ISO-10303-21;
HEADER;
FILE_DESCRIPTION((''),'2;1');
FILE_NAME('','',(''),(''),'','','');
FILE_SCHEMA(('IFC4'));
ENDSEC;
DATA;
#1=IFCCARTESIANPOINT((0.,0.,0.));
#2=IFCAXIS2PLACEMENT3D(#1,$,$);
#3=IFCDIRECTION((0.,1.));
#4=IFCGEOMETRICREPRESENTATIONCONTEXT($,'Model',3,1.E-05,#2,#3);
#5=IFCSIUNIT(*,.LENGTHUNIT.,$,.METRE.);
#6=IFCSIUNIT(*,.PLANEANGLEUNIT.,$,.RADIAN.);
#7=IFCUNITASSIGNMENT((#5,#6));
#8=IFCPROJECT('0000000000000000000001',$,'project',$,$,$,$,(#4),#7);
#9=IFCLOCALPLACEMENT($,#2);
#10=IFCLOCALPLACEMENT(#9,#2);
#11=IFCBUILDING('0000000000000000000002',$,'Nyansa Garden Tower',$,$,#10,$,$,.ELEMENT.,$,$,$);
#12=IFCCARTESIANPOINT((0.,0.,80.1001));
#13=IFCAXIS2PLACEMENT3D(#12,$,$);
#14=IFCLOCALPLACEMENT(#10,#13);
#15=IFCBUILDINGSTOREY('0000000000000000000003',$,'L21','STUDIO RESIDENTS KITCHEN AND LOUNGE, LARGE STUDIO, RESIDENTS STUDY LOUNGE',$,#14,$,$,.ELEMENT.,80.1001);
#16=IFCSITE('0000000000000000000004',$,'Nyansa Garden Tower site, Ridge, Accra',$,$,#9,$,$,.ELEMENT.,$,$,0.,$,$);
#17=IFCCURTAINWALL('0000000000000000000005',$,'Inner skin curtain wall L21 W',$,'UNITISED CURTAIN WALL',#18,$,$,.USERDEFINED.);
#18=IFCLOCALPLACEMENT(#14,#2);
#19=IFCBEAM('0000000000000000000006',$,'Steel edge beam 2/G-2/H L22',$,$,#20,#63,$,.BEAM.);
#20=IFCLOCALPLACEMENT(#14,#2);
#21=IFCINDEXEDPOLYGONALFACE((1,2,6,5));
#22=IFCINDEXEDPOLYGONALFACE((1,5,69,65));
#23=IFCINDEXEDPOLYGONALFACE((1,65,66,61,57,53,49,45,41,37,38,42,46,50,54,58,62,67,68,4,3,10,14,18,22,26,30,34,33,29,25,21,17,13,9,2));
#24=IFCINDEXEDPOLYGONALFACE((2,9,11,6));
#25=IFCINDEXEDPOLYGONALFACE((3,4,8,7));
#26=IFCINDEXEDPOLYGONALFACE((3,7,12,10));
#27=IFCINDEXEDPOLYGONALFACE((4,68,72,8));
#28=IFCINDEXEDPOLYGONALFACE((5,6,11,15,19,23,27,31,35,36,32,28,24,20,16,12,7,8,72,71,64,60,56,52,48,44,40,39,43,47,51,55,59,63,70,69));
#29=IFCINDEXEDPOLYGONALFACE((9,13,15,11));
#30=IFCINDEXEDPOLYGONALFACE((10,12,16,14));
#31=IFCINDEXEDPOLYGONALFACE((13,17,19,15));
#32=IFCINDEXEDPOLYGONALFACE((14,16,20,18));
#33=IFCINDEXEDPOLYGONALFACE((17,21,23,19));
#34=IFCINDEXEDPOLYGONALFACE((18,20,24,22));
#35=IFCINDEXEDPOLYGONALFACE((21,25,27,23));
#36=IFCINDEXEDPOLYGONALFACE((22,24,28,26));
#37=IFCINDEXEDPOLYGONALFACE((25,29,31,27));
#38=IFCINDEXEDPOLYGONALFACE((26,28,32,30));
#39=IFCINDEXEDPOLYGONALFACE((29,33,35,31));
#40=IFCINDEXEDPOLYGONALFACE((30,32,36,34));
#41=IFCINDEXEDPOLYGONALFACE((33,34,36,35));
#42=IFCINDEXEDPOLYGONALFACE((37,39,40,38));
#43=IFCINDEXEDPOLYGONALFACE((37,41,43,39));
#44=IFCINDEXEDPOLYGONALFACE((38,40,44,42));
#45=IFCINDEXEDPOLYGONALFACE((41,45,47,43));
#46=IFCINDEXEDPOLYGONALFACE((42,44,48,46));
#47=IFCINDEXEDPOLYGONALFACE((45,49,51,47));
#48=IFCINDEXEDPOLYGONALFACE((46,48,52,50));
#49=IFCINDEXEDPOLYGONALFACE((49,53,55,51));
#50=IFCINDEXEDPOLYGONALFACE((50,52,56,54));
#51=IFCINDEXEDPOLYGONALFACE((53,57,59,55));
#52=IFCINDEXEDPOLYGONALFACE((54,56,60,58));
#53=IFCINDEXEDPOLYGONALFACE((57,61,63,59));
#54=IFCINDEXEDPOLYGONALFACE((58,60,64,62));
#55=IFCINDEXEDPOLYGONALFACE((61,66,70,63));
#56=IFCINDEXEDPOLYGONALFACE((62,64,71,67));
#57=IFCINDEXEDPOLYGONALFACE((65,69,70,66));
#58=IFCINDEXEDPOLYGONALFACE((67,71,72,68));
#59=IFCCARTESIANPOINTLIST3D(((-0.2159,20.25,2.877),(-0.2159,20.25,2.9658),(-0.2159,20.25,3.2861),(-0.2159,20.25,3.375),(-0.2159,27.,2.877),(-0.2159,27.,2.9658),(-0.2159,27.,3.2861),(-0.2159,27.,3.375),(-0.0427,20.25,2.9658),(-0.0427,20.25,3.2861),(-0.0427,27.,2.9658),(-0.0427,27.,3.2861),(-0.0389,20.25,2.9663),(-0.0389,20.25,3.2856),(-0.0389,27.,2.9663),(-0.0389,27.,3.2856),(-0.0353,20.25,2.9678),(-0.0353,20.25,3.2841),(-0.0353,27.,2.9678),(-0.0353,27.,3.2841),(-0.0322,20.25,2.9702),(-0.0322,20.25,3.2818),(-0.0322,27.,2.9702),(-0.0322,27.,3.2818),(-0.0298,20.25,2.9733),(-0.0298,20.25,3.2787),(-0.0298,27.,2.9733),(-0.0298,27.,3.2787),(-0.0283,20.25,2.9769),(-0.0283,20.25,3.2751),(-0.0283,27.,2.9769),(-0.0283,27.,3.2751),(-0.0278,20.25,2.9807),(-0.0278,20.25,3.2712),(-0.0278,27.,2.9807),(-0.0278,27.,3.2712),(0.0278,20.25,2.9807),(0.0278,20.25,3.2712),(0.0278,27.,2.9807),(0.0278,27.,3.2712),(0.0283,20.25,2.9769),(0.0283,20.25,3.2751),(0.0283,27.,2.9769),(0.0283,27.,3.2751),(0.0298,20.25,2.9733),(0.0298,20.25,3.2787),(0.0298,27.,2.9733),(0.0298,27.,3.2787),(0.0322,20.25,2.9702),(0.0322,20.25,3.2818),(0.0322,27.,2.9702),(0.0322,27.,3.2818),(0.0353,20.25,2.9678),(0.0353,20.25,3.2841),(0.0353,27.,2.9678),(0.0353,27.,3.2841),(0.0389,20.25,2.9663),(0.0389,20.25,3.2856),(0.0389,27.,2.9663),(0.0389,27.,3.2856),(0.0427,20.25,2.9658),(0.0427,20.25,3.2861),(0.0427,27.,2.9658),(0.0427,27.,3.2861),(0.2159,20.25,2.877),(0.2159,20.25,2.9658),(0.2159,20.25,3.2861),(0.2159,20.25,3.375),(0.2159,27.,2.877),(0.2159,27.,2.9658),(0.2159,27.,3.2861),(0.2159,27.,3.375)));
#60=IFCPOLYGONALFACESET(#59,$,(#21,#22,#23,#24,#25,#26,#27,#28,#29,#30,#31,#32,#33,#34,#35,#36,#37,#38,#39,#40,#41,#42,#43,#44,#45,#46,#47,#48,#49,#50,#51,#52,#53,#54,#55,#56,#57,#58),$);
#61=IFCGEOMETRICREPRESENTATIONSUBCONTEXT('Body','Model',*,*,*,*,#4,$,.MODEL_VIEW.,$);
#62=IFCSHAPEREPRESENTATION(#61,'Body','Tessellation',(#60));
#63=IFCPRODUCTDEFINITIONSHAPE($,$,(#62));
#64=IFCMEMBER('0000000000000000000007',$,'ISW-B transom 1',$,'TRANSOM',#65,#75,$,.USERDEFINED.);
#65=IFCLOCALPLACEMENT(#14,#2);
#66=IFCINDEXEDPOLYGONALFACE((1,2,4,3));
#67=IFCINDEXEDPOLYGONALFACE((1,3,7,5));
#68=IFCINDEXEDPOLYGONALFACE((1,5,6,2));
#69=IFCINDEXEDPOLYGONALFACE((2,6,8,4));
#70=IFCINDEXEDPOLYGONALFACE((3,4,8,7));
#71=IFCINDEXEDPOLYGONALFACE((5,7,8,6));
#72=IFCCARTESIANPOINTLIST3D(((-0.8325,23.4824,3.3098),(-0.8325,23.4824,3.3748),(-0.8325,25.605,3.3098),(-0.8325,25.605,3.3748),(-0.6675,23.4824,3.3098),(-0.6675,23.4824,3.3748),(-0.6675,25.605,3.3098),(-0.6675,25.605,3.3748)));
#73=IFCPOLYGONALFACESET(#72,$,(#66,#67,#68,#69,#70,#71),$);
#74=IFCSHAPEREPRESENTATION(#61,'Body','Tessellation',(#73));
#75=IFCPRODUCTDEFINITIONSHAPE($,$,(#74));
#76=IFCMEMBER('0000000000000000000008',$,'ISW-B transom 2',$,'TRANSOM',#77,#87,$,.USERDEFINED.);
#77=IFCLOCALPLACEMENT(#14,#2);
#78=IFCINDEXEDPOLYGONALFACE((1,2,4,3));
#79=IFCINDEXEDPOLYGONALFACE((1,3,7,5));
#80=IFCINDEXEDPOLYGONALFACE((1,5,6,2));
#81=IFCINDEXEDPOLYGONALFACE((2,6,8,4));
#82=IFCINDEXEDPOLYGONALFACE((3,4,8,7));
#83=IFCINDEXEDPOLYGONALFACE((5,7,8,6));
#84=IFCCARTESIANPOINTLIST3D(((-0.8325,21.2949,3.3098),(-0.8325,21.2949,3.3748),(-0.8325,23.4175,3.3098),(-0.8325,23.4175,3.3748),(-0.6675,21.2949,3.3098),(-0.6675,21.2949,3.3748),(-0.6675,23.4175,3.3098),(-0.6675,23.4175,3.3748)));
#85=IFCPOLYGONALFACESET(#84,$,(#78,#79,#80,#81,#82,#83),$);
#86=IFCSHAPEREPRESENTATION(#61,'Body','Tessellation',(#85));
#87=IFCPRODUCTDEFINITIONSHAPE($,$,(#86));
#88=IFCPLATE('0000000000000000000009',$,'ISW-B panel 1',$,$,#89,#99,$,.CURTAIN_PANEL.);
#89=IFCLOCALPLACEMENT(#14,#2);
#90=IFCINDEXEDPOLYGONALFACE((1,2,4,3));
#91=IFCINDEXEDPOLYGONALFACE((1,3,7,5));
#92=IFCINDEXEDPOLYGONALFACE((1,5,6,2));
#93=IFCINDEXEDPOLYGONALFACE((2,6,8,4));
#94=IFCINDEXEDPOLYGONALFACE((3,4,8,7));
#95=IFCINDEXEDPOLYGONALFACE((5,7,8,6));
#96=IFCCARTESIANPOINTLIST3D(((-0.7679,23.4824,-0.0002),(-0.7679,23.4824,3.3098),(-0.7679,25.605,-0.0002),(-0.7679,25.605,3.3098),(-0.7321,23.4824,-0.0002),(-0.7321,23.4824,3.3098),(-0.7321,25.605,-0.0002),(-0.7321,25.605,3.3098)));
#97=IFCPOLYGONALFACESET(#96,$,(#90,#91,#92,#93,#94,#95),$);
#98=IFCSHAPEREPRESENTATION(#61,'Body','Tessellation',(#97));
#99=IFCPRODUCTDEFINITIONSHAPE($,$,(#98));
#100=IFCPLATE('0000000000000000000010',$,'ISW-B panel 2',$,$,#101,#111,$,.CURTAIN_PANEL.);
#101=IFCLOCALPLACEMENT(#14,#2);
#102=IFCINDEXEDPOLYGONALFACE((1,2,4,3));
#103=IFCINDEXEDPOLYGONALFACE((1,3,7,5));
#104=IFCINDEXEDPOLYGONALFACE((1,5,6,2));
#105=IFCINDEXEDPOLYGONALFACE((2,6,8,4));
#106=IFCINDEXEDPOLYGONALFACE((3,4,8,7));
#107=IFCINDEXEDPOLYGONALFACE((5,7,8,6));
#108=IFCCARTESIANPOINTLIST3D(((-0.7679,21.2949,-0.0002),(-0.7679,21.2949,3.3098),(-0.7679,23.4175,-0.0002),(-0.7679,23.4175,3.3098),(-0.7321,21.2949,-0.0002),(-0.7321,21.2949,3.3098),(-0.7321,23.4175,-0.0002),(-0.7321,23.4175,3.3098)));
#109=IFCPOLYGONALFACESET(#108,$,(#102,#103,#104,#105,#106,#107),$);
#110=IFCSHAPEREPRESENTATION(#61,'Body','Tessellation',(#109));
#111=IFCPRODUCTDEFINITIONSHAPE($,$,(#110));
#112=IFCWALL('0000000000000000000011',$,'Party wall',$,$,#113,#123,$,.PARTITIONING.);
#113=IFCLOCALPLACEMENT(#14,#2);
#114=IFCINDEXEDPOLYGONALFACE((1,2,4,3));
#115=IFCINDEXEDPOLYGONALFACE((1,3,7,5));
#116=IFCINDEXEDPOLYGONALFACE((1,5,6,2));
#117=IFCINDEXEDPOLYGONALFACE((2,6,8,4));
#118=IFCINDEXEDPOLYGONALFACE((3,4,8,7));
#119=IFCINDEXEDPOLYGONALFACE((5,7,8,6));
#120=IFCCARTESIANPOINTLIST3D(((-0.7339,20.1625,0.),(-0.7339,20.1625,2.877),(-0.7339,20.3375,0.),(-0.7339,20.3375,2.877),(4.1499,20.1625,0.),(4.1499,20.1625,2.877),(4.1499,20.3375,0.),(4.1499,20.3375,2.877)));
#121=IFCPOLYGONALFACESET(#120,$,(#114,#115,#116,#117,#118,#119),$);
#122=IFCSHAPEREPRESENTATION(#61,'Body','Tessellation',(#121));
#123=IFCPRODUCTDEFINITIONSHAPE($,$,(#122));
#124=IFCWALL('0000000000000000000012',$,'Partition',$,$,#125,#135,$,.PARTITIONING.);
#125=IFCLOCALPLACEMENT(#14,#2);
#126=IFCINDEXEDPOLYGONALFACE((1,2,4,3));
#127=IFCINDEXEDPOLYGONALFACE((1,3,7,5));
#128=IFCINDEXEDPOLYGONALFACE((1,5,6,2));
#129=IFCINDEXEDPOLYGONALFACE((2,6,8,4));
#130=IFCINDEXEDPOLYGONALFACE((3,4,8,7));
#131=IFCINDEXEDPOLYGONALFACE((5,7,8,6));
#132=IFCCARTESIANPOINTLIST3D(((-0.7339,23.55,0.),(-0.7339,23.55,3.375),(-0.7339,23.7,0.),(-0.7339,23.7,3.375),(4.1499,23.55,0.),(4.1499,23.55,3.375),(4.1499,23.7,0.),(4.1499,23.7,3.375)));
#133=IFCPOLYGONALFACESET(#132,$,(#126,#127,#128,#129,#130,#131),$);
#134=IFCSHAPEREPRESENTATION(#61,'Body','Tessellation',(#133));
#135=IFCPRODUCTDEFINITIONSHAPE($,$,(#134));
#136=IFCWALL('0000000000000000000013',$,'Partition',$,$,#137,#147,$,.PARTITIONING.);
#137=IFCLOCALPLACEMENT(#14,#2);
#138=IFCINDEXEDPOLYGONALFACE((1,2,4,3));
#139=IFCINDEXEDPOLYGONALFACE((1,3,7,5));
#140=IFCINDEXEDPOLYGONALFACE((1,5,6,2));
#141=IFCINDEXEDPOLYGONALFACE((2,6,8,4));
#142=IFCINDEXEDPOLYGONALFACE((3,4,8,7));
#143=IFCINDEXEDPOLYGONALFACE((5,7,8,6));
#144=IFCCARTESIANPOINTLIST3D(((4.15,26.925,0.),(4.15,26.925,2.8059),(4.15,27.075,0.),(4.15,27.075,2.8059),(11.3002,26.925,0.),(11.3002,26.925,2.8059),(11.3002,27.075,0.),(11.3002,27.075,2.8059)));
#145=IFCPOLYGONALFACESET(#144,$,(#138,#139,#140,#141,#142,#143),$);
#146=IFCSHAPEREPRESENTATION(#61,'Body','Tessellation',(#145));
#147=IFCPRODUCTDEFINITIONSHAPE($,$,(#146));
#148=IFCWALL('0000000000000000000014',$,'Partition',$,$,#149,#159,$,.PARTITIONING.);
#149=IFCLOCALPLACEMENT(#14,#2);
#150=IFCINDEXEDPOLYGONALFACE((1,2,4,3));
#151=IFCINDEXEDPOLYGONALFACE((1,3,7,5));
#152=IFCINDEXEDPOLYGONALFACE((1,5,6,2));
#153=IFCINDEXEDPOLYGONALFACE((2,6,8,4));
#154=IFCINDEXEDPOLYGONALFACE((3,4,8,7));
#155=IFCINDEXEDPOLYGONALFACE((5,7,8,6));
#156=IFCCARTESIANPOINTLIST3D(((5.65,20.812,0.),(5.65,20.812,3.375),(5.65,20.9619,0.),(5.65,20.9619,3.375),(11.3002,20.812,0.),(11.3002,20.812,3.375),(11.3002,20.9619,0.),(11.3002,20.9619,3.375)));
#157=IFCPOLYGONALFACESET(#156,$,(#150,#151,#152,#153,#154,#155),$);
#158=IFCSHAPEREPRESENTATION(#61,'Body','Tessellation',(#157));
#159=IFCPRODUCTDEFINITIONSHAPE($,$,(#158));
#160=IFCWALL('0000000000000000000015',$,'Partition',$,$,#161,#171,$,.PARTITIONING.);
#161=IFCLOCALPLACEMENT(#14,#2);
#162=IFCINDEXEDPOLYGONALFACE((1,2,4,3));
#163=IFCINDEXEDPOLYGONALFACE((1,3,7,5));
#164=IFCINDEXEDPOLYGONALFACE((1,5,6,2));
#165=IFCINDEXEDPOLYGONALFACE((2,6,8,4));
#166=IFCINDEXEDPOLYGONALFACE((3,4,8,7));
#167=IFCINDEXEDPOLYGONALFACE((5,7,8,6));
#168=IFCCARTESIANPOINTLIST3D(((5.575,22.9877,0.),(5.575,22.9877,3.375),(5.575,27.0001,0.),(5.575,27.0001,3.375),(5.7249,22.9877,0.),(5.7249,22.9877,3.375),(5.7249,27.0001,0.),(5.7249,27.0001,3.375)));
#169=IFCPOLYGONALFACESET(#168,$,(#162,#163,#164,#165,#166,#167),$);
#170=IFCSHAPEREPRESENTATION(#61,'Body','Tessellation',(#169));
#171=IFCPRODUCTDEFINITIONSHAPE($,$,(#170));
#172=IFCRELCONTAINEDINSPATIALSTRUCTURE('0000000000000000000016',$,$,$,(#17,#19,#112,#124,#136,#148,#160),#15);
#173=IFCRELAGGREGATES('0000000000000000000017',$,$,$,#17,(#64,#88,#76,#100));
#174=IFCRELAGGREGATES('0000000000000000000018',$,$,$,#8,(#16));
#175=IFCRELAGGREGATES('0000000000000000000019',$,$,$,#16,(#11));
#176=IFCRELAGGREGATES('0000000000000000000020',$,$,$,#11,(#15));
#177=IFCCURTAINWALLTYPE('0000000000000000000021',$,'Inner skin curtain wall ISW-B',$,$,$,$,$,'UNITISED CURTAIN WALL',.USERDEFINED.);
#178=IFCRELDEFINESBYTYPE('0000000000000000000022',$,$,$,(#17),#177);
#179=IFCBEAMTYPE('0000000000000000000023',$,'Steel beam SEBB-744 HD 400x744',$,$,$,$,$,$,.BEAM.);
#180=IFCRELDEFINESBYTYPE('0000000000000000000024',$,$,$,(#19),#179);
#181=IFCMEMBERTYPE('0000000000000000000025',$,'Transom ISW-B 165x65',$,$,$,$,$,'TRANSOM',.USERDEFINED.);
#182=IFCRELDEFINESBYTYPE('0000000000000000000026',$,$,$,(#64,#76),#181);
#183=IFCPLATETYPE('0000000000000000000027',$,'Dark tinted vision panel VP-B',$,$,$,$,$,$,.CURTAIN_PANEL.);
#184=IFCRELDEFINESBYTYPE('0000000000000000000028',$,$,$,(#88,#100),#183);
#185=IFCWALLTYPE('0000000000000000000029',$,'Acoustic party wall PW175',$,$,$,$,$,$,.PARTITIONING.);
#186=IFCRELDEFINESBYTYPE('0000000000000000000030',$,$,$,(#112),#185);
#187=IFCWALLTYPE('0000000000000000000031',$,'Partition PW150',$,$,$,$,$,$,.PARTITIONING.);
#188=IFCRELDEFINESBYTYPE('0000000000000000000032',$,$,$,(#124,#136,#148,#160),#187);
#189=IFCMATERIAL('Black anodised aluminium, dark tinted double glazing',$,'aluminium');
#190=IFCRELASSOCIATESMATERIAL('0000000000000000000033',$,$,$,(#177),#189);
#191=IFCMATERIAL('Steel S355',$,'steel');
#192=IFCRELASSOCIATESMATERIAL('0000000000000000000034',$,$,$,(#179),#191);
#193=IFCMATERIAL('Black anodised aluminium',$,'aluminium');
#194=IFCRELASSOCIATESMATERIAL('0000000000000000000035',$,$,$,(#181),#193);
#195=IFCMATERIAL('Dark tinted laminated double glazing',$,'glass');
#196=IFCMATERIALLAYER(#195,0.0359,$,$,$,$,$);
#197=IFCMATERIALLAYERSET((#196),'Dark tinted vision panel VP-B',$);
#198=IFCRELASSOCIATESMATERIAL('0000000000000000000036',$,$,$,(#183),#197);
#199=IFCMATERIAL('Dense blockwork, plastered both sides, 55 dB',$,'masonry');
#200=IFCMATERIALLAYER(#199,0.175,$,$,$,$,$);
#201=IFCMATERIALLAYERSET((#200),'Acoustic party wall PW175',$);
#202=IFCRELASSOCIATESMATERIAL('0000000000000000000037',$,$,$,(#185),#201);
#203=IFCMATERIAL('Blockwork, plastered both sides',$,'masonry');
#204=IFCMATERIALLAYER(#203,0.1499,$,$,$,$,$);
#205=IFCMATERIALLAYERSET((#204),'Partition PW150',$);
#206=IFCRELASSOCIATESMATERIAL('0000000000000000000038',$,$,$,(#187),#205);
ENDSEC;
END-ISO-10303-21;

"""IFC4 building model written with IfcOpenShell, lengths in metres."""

from ifc_helpers import new_model, si_unit, direction, frame, frame_2d, origin, origin_2d, place, context, subcontext, project, spatial, rectangle, i_section, extrude, material, layer, layer_set, material_profile, profile_set, type_object, element, aggregate, save


model = new_model("IFC4")

# Units and contexts
model_context = context("Model", 3, precision=1e-05, world=origin(), true_north=direction((0.0, 1.0)))
body_context = subcontext(model_context, "Body", "Model", "MODEL_VIEW")
ifc_project = project(units=[si_unit("LENGTHUNIT", "METRE"), si_unit("PLANEANGLEUNIT", "RADIAN")], contexts=[model_context])

# Site, building, storey
site_placement = place(None, origin())
site = spatial("IfcSite", under=ifc_project, at=site_placement, Name="Nyansa Garden Tower site, Ridge, Accra", CompositionType="ELEMENT", RefElevation=0.0)
building_placement = place(site_placement, origin())
building = spatial("IfcBuilding", under=site, at=building_placement, Name="Nyansa Garden Tower", CompositionType="ELEMENT")
storey_placement = place(building_placement, frame((0.0, 0.0, 80.1001)))
storey = spatial("IfcBuildingStorey", under=building, at=storey_placement, Name="L21", Description="STUDIO RESIDENTS KITCHEN AND LOUNGE, LARGE STUDIO, RESIDENTS STUDY LOUNGE", CompositionType="ELEMENT", Elevation=80.1001)

# Curtain wall
ifc_material_1 = material(Name="Black anodised aluminium, dark tinted double glazing", Category="aluminium")
curtain_wall_type = type_object("IfcCurtainWallType", Name="Inner skin curtain wall ISW-B", ElementType="UNITISED CURTAIN WALL", PredefinedType="USERDEFINED", material=ifc_material_1)
curtain_wall_placement = place(storey_placement, origin())
curtain_wall = element("IfcCurtainWall", 1, at=curtain_wall_placement, inside=storey, type_object=curtain_wall_type, Name="Inner skin curtain wall L21 W", ObjectType="UNITISED CURTAIN WALL", PredefinedType="USERDEFINED")

# Beam
ifc_material_2 = material(Name="Steel S355", Category="steel")
ifc_material_profile_1 = material_profile(ifc_material_2, i_section(OverallWidth=0.4319, OverallDepth=0.498, WebThickness=0.0557, FlangeThickness=0.0889, FilletRadius=0.0149, at=origin_2d()), Name="HD 400x744")
ifc_profile_set_1 = profile_set([ifc_material_profile_1], Name="Steel S355")
beam_type_1 = type_object("IfcBeamType", Name="Steel beam SEBB-744 HD 400x744", PredefinedType="BEAM", material=ifc_profile_set_1)
beam_placement = place(storey_placement, frame((0.0, 20.25, 3.126), z_axis=(0.0, 1.0, 0.0), x_axis=(-1.0, 0.0, 0.0)))
element("IfcBeam", 2, at=beam_placement, inside=storey, type_object=beam_type_1, Name="Steel edge beam 2/G-2/H L22", PredefinedType="BEAM", context=body_context, shape_type="SweptSolid", body=[
    extrude(i_section(OverallWidth=0.4319, OverallDepth=0.498, WebThickness=0.0557, FlangeThickness=0.0889, FilletRadius=0.0149, at=origin_2d()), origin(), (0.0, 0.0, 1.0), 6.75),
])

# Members
ifc_material_3 = material(Name="Black anodised aluminium", Category="aluminium")
ifc_material_profile_2 = material_profile(ifc_material_3, rectangle(XDim=0.165, YDim=0.0649, at=origin_2d()), Name="Transom 165x65")
ifc_profile_set_2 = profile_set([ifc_material_profile_2], Name="Black anodised aluminium")
member_type_1 = type_object("IfcMemberType", Name="Transom ISW-B 165x65", ElementType="TRANSOM", PredefinedType="USERDEFINED", material=ifc_profile_set_2)
member_1_placement = place(storey_placement, frame((-0.75, 25.605, 3.3423), z_axis=(0.0, -1.0, 0.0), x_axis=(1.0, 0.0, 0.0)))
member_1 = element("IfcMember", 3, at=member_1_placement, type_object=member_type_1, Name="ISW-B transom 1", ObjectType="TRANSOM", PredefinedType="USERDEFINED", context=body_context, shape_type="SweptSolid", body=[
    extrude(rectangle(XDim=0.165, YDim=0.0649, at=origin_2d()), origin(), (0.0, 0.0, 1.0), 2.1226),
])
member_2_placement = place(storey_placement, frame((-0.75, 23.4175, 3.3423), z_axis=(0.0, -1.0, 0.0), x_axis=(1.0, 0.0, 0.0)))
member_2 = element("IfcMember", 4, at=member_2_placement, type_object=member_type_1, Name="ISW-B transom 2", ObjectType="TRANSOM", PredefinedType="USERDEFINED", context=body_context, shape_type="SweptSolid", body=[
    extrude(rectangle(XDim=0.165, YDim=0.0649, at=origin_2d()), origin(), (0.0, 0.0, 1.0), 2.1226),
])

# Plates
ifc_material_4 = material(Name="Dark tinted laminated double glazing", Category="glass")
ifc_layer_1 = layer(ifc_material_4, 0.0359)
ifc_layer_set_1 = layer_set([ifc_layer_1], Name="Dark tinted vision panel VP-B")
plate_type = type_object("IfcPlateType", Name="Dark tinted vision panel VP-B", PredefinedType="CURTAIN_PANEL", material=ifc_layer_set_1)
plate_1_placement = place(storey_placement, frame((-0.75, 24.5437, -0.0002), z_axis=(0.0, 0.0, 1.0), x_axis=(0.0, -1.0, 0.0)))
plate_1 = element("IfcPlate", 5, at=plate_1_placement, type_object=plate_type, Name="ISW-B panel 1", PredefinedType="CURTAIN_PANEL", context=body_context, shape_type="SweptSolid", body=[
    extrude(rectangle(XDim=2.1226, YDim=0.0359, at=origin_2d()), origin(), (0.0, 0.0, 1.0), 3.3101),
])
plate_2_placement = place(storey_placement, frame((-0.75, 22.3562, -0.0002), z_axis=(0.0, 0.0, 1.0), x_axis=(0.0, -1.0, 0.0)))
plate_2 = element("IfcPlate", 6, at=plate_2_placement, type_object=plate_type, Name="ISW-B panel 2", PredefinedType="CURTAIN_PANEL", context=body_context, shape_type="SweptSolid", body=[
    extrude(rectangle(XDim=2.1226, YDim=0.0359, at=origin_2d()), origin(), (0.0, 0.0, 1.0), 3.3101),
])
aggregate(curtain_wall, [member_1, plate_1, member_2, plate_2])

# Walls
ifc_material_5 = material(Name="Dense blockwork, plastered both sides, 55 dB", Category="masonry")
ifc_layer_2 = layer(ifc_material_5, 0.175)
ifc_layer_set_2 = layer_set([ifc_layer_2], Name="Acoustic party wall PW175")
wall_type_1 = type_object("IfcWallType", Name="Acoustic party wall PW175", PredefinedType="PARTITIONING", material=ifc_layer_set_2)
wall_1_placement = place(storey_placement, frame((-0.7339, 20.25, 0.0), z_axis=(0.0, 0.0, 1.0), x_axis=(1.0, 0.0, 0.0)))
element("IfcWall", 7, at=wall_1_placement, inside=storey, type_object=wall_type_1, Name="Party wall", PredefinedType="PARTITIONING", context=body_context, shape_type="SweptSolid", body=[
    extrude(rectangle(XDim=4.8838, YDim=0.175, at=frame_2d((2.4419, 0.0))), origin(), (0.0, 0.0, 1.0), 2.877),
])
ifc_material_6 = material(Name="Blockwork, plastered both sides", Category="masonry")
ifc_layer_3 = layer(ifc_material_6, 0.1499)
ifc_layer_set_3 = layer_set([ifc_layer_3], Name="Partition PW150")
wall_type_2 = type_object("IfcWallType", Name="Partition PW150", PredefinedType="PARTITIONING", material=ifc_layer_set_3)
wall_2_placement = place(storey_placement, frame((-0.7339, 23.625, 0.0), z_axis=(0.0, 0.0, 1.0), x_axis=(1.0, 0.0, 0.0)))
element("IfcWall", 8, at=wall_2_placement, inside=storey, type_object=wall_type_2, Name="Partition", PredefinedType="PARTITIONING", context=body_context, shape_type="SweptSolid", body=[
    extrude(rectangle(XDim=4.8838, YDim=0.1499, at=frame_2d((2.4419, 0.0))), origin(), (0.0, 0.0, 1.0), 3.375),
])
wall_3_placement = place(storey_placement, frame((4.1499, 27.0, 0.0), z_axis=(0.0, 0.0, 1.0), x_axis=(1.0, 0.0, 0.0)))
element("IfcWall", 9, at=wall_3_placement, inside=storey, type_object=wall_type_2, Name="Partition", PredefinedType="PARTITIONING", context=body_context, shape_type="SweptSolid", body=[
    extrude(rectangle(XDim=7.1501, YDim=0.1499, at=frame_2d((3.5752, 0.0))), origin(), (0.0, 0.0, 1.0), 2.8059),
])
wall_4_placement = place(storey_placement, frame((5.6499, 20.887, 0.0), z_axis=(0.0, 0.0, 1.0), x_axis=(1.0, 0.0, 0.0)))
element("IfcWall", 10, at=wall_4_placement, inside=storey, type_object=wall_type_2, Name="Partition", PredefinedType="PARTITIONING", context=body_context, shape_type="SweptSolid", body=[
    extrude(rectangle(XDim=5.6501, YDim=0.1499, at=frame_2d((2.8252, 0.0))), origin(), (0.0, 0.0, 1.0), 3.375),
])
wall_5_placement = place(storey_placement, frame((5.6499, 22.9875, 0.0), z_axis=(0.0, 0.0, 1.0), x_axis=(0.0, 1.0, 0.0)))
element("IfcWall", 11, at=wall_5_placement, inside=storey, type_object=wall_type_2, Name="Partition", PredefinedType="PARTITIONING", context=body_context, shape_type="SweptSolid", body=[
    extrude(rectangle(XDim=4.0125, YDim=0.1499, at=frame_2d((2.0063, 0.0))), origin(), (0.0, 0.0, 1.0), 3.375),
])

save(model, "model.ifc")
